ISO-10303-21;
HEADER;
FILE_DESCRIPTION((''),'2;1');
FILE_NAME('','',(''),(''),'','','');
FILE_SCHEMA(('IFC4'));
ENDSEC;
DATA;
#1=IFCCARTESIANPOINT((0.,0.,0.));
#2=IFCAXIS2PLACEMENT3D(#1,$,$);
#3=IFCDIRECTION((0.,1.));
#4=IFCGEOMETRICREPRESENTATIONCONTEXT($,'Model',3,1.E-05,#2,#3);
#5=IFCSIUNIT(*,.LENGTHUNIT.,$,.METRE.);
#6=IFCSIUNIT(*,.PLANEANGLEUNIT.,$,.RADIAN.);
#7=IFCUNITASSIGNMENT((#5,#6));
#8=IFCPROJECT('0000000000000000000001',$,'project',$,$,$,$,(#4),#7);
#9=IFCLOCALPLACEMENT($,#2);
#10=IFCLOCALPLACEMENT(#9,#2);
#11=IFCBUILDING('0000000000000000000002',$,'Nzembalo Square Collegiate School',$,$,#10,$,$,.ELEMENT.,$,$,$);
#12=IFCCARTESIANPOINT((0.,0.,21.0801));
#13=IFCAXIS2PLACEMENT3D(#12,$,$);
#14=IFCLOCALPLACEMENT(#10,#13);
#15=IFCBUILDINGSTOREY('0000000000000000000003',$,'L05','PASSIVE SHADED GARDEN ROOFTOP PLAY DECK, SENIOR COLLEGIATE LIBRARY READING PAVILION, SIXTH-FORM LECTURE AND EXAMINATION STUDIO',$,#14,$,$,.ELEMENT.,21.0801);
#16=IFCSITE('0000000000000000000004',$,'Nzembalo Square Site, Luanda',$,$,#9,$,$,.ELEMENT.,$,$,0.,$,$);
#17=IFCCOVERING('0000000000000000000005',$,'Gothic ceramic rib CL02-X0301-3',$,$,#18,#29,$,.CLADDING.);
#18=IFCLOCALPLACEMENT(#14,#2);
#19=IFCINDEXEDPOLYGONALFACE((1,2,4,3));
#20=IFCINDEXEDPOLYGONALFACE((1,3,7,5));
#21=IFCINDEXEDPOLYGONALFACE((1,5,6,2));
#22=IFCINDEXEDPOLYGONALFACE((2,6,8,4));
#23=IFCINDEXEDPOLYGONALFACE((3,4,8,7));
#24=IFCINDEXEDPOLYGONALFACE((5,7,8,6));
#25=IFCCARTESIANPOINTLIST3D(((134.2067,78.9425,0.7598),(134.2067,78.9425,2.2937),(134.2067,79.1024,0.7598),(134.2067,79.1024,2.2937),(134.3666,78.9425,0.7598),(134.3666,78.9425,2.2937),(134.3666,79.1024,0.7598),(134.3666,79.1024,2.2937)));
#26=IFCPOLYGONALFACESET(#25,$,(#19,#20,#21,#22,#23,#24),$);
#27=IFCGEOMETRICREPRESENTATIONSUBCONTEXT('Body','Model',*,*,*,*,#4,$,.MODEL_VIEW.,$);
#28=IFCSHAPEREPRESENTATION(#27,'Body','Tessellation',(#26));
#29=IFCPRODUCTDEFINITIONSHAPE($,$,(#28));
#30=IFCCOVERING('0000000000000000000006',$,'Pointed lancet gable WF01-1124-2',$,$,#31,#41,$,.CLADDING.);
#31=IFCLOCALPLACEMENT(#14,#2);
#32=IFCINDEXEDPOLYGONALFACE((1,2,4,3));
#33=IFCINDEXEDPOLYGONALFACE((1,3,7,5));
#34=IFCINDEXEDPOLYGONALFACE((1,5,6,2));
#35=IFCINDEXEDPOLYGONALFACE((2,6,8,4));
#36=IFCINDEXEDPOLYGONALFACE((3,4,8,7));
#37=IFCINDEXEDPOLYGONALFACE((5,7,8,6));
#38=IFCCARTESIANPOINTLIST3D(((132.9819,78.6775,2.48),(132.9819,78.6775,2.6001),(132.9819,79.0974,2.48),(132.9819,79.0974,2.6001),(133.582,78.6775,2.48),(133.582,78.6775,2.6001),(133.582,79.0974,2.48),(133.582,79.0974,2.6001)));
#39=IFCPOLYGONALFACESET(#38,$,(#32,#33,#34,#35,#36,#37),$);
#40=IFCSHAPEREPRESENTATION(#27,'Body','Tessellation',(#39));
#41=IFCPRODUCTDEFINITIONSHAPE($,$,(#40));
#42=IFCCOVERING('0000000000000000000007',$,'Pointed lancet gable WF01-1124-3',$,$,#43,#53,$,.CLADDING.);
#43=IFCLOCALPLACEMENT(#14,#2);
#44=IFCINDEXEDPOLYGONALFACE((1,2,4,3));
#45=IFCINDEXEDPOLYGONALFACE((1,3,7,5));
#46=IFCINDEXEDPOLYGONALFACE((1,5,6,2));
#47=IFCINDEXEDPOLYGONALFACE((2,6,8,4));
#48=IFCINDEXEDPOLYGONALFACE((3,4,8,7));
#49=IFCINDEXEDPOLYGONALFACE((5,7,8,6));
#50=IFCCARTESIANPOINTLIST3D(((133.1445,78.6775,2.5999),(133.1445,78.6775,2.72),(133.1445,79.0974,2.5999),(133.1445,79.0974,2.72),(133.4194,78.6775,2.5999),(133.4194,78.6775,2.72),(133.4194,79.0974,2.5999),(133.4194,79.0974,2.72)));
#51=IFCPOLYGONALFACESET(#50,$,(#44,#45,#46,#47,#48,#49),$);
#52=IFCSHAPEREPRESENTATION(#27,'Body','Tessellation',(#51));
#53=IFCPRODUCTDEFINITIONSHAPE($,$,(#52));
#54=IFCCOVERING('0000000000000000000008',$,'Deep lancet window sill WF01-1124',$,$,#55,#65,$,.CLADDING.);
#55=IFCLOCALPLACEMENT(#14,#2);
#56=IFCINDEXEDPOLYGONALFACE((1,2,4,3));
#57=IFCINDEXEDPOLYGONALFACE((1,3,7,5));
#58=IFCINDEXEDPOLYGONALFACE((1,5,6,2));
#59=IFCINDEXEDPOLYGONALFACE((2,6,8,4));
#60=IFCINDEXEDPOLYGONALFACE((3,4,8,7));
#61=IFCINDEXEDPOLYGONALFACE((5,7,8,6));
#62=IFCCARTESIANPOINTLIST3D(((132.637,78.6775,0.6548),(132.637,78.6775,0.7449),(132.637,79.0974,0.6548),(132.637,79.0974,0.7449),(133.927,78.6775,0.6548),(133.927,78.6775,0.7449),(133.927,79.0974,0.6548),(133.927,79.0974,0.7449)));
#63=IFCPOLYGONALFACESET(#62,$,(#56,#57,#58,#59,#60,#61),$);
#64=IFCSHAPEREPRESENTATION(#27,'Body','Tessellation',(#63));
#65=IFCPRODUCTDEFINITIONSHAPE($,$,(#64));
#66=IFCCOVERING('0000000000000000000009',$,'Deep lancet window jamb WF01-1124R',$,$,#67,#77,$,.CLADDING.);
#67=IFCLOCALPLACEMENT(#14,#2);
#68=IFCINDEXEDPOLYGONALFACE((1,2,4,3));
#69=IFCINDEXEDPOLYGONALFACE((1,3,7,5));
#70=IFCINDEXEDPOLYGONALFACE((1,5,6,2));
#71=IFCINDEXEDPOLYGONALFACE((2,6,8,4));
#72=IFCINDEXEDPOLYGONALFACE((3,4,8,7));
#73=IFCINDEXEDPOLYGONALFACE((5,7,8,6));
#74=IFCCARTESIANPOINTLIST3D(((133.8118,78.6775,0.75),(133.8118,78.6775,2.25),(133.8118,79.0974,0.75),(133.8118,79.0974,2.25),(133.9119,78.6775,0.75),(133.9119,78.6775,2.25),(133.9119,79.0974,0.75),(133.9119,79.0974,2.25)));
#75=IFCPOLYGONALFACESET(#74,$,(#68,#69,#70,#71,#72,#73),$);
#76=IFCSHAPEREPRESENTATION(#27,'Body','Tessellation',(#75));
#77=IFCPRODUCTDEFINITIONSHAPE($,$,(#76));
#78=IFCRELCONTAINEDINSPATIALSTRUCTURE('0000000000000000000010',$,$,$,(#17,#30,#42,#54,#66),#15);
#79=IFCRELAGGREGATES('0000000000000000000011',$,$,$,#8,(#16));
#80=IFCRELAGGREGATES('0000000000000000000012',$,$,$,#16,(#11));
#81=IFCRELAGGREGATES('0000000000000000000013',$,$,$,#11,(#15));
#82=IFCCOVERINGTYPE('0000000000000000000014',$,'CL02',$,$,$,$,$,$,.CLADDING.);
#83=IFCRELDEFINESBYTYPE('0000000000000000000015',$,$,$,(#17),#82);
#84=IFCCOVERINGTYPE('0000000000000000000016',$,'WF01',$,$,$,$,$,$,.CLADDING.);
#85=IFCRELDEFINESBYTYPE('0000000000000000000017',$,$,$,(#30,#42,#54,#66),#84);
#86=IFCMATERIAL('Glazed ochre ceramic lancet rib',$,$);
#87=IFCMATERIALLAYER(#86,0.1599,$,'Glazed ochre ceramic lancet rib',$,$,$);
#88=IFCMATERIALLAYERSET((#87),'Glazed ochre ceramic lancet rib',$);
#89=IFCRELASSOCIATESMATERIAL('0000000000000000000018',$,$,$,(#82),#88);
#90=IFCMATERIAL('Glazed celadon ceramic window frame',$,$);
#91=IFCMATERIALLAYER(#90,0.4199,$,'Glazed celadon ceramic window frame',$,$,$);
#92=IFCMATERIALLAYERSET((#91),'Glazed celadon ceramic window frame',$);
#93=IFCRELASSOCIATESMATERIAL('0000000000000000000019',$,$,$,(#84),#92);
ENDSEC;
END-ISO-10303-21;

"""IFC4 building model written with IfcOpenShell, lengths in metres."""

from ifc_helpers import new_model, si_unit, direction, frame, origin, origin_2d, place, context, subcontext, project, spatial, rectangle, extrude, material, layer, layer_set, type_object, element, save


model = new_model("IFC4")

# Units and contexts
model_context = context("Model", 3, precision=1e-05, world=origin(), true_north=direction((0.0, 1.0)))
body_context = subcontext(model_context, "Body", "Model", "MODEL_VIEW")
ifc_project = project(units=[si_unit("LENGTHUNIT", "METRE"), si_unit("PLANEANGLEUNIT", "RADIAN")], contexts=[model_context])

# Site, building, storey
site_placement = place(None, origin())
site = spatial("IfcSite", under=ifc_project, at=site_placement, Name="Nzembalo Square Site, Luanda", CompositionType="ELEMENT", RefElevation=0.0)
building_placement = place(site_placement, origin())
building = spatial("IfcBuilding", under=site, at=building_placement, Name="Nzembalo Square Collegiate School", CompositionType="ELEMENT")
storey_placement = place(building_placement, frame((0.0, 0.0, 21.0801)))
storey = spatial("IfcBuildingStorey", under=building, at=storey_placement, Name="L05", Description="PASSIVE SHADED GARDEN ROOFTOP PLAY DECK, SENIOR COLLEGIATE LIBRARY READING PAVILION, SIXTH-FORM LECTURE AND EXAMINATION STUDIO", CompositionType="ELEMENT", Elevation=21.0801)

# Coverings
ifc_material_1 = material(Name="Glazed ochre ceramic lancet rib")
ifc_layer_1 = layer(ifc_material_1, 0.1599, Name="Glazed ochre ceramic lancet rib")
ifc_layer_set_1 = layer_set([ifc_layer_1], Name="Glazed ochre ceramic lancet rib")
covering_type_1 = type_object("IfcCoveringType", Name="CL02", PredefinedType="CLADDING", material=ifc_layer_set_1)
for number, where, z_axis, x_axis, name in (
    (1, (134.2866, 79.0225, 0.7598), (0.0, 0.0, 1.0), (1.0, 0.0, 0.0), "Gothic ceramic rib CL02-X0301-3"),
):
    element("IfcCovering", number, at=place(storey_placement, frame(where, z_axis=z_axis, x_axis=x_axis)), inside=storey, type_object=covering_type_1, Name=name, PredefinedType="CLADDING", context=body_context, shape_type="SweptSolid", body=[
        extrude(rectangle(XDim=0.1599, YDim=0.1599, at=origin_2d()), origin(), (0.0, 0.0, 1.0), 1.5339),
    ])
ifc_material_2 = material(Name="Glazed celadon ceramic window frame")
ifc_layer_2 = layer(ifc_material_2, 0.4199, Name="Glazed celadon ceramic window frame")
ifc_layer_set_2 = layer_set([ifc_layer_2], Name="Glazed celadon ceramic window frame")
covering_type_2 = type_object("IfcCoveringType", Name="WF01", PredefinedType="CLADDING", material=ifc_layer_set_2)
covering_1_placement = place(storey_placement, frame((133.282, 78.8875, 2.48), z_axis=(0.0, 0.0, 1.0), x_axis=(1.0, 0.0, 0.0)))
element("IfcCovering", 2, at=covering_1_placement, inside=storey, type_object=covering_type_2, Name="Pointed lancet gable WF01-1124-2", PredefinedType="CLADDING", context=body_context, shape_type="SweptSolid", body=[
    extrude(rectangle(XDim=0.6001, YDim=0.4199, at=origin_2d()), origin(), (0.0, 0.0, 1.0), 0.1201),
])
covering_2_placement = place(storey_placement, frame((133.282, 78.8875, 2.5999), z_axis=(0.0, 0.0, 1.0), x_axis=(1.0, 0.0, 0.0)))
element("IfcCovering", 3, at=covering_2_placement, inside=storey, type_object=covering_type_2, Name="Pointed lancet gable WF01-1124-3", PredefinedType="CLADDING", context=body_context, shape_type="SweptSolid", body=[
    extrude(rectangle(XDim=0.2749, YDim=0.4199, at=origin_2d()), origin(), (0.0, 0.0, 1.0), 0.1201),
])
covering_3_placement = place(storey_placement, frame((133.282, 78.8875, 0.6548), z_axis=(0.0, 0.0, 1.0), x_axis=(1.0, 0.0, 0.0)))
element("IfcCovering", 4, at=covering_3_placement, inside=storey, type_object=covering_type_2, Name="Deep lancet window sill WF01-1124", PredefinedType="CLADDING", context=body_context, shape_type="SweptSolid", body=[
    extrude(rectangle(XDim=1.29, YDim=0.4199, at=origin_2d()), origin(), (0.0, 0.0, 1.0), 0.0901),
])
covering_4_placement = place(storey_placement, frame((133.8618, 78.8875, 0.75), z_axis=(0.0, 0.0, 1.0), x_axis=(1.0, 0.0, 0.0)))
element("IfcCovering", 5, at=covering_4_placement, inside=storey, type_object=covering_type_2, Name="Deep lancet window jamb WF01-1124R", PredefinedType="CLADDING", context=body_context, shape_type="SweptSolid", body=[
    extrude(rectangle(XDim=0.1001, YDim=0.4199, at=origin_2d()), origin(), (0.0, 0.0, 1.0), 1.5),
])

save(model, "model.ifc")
